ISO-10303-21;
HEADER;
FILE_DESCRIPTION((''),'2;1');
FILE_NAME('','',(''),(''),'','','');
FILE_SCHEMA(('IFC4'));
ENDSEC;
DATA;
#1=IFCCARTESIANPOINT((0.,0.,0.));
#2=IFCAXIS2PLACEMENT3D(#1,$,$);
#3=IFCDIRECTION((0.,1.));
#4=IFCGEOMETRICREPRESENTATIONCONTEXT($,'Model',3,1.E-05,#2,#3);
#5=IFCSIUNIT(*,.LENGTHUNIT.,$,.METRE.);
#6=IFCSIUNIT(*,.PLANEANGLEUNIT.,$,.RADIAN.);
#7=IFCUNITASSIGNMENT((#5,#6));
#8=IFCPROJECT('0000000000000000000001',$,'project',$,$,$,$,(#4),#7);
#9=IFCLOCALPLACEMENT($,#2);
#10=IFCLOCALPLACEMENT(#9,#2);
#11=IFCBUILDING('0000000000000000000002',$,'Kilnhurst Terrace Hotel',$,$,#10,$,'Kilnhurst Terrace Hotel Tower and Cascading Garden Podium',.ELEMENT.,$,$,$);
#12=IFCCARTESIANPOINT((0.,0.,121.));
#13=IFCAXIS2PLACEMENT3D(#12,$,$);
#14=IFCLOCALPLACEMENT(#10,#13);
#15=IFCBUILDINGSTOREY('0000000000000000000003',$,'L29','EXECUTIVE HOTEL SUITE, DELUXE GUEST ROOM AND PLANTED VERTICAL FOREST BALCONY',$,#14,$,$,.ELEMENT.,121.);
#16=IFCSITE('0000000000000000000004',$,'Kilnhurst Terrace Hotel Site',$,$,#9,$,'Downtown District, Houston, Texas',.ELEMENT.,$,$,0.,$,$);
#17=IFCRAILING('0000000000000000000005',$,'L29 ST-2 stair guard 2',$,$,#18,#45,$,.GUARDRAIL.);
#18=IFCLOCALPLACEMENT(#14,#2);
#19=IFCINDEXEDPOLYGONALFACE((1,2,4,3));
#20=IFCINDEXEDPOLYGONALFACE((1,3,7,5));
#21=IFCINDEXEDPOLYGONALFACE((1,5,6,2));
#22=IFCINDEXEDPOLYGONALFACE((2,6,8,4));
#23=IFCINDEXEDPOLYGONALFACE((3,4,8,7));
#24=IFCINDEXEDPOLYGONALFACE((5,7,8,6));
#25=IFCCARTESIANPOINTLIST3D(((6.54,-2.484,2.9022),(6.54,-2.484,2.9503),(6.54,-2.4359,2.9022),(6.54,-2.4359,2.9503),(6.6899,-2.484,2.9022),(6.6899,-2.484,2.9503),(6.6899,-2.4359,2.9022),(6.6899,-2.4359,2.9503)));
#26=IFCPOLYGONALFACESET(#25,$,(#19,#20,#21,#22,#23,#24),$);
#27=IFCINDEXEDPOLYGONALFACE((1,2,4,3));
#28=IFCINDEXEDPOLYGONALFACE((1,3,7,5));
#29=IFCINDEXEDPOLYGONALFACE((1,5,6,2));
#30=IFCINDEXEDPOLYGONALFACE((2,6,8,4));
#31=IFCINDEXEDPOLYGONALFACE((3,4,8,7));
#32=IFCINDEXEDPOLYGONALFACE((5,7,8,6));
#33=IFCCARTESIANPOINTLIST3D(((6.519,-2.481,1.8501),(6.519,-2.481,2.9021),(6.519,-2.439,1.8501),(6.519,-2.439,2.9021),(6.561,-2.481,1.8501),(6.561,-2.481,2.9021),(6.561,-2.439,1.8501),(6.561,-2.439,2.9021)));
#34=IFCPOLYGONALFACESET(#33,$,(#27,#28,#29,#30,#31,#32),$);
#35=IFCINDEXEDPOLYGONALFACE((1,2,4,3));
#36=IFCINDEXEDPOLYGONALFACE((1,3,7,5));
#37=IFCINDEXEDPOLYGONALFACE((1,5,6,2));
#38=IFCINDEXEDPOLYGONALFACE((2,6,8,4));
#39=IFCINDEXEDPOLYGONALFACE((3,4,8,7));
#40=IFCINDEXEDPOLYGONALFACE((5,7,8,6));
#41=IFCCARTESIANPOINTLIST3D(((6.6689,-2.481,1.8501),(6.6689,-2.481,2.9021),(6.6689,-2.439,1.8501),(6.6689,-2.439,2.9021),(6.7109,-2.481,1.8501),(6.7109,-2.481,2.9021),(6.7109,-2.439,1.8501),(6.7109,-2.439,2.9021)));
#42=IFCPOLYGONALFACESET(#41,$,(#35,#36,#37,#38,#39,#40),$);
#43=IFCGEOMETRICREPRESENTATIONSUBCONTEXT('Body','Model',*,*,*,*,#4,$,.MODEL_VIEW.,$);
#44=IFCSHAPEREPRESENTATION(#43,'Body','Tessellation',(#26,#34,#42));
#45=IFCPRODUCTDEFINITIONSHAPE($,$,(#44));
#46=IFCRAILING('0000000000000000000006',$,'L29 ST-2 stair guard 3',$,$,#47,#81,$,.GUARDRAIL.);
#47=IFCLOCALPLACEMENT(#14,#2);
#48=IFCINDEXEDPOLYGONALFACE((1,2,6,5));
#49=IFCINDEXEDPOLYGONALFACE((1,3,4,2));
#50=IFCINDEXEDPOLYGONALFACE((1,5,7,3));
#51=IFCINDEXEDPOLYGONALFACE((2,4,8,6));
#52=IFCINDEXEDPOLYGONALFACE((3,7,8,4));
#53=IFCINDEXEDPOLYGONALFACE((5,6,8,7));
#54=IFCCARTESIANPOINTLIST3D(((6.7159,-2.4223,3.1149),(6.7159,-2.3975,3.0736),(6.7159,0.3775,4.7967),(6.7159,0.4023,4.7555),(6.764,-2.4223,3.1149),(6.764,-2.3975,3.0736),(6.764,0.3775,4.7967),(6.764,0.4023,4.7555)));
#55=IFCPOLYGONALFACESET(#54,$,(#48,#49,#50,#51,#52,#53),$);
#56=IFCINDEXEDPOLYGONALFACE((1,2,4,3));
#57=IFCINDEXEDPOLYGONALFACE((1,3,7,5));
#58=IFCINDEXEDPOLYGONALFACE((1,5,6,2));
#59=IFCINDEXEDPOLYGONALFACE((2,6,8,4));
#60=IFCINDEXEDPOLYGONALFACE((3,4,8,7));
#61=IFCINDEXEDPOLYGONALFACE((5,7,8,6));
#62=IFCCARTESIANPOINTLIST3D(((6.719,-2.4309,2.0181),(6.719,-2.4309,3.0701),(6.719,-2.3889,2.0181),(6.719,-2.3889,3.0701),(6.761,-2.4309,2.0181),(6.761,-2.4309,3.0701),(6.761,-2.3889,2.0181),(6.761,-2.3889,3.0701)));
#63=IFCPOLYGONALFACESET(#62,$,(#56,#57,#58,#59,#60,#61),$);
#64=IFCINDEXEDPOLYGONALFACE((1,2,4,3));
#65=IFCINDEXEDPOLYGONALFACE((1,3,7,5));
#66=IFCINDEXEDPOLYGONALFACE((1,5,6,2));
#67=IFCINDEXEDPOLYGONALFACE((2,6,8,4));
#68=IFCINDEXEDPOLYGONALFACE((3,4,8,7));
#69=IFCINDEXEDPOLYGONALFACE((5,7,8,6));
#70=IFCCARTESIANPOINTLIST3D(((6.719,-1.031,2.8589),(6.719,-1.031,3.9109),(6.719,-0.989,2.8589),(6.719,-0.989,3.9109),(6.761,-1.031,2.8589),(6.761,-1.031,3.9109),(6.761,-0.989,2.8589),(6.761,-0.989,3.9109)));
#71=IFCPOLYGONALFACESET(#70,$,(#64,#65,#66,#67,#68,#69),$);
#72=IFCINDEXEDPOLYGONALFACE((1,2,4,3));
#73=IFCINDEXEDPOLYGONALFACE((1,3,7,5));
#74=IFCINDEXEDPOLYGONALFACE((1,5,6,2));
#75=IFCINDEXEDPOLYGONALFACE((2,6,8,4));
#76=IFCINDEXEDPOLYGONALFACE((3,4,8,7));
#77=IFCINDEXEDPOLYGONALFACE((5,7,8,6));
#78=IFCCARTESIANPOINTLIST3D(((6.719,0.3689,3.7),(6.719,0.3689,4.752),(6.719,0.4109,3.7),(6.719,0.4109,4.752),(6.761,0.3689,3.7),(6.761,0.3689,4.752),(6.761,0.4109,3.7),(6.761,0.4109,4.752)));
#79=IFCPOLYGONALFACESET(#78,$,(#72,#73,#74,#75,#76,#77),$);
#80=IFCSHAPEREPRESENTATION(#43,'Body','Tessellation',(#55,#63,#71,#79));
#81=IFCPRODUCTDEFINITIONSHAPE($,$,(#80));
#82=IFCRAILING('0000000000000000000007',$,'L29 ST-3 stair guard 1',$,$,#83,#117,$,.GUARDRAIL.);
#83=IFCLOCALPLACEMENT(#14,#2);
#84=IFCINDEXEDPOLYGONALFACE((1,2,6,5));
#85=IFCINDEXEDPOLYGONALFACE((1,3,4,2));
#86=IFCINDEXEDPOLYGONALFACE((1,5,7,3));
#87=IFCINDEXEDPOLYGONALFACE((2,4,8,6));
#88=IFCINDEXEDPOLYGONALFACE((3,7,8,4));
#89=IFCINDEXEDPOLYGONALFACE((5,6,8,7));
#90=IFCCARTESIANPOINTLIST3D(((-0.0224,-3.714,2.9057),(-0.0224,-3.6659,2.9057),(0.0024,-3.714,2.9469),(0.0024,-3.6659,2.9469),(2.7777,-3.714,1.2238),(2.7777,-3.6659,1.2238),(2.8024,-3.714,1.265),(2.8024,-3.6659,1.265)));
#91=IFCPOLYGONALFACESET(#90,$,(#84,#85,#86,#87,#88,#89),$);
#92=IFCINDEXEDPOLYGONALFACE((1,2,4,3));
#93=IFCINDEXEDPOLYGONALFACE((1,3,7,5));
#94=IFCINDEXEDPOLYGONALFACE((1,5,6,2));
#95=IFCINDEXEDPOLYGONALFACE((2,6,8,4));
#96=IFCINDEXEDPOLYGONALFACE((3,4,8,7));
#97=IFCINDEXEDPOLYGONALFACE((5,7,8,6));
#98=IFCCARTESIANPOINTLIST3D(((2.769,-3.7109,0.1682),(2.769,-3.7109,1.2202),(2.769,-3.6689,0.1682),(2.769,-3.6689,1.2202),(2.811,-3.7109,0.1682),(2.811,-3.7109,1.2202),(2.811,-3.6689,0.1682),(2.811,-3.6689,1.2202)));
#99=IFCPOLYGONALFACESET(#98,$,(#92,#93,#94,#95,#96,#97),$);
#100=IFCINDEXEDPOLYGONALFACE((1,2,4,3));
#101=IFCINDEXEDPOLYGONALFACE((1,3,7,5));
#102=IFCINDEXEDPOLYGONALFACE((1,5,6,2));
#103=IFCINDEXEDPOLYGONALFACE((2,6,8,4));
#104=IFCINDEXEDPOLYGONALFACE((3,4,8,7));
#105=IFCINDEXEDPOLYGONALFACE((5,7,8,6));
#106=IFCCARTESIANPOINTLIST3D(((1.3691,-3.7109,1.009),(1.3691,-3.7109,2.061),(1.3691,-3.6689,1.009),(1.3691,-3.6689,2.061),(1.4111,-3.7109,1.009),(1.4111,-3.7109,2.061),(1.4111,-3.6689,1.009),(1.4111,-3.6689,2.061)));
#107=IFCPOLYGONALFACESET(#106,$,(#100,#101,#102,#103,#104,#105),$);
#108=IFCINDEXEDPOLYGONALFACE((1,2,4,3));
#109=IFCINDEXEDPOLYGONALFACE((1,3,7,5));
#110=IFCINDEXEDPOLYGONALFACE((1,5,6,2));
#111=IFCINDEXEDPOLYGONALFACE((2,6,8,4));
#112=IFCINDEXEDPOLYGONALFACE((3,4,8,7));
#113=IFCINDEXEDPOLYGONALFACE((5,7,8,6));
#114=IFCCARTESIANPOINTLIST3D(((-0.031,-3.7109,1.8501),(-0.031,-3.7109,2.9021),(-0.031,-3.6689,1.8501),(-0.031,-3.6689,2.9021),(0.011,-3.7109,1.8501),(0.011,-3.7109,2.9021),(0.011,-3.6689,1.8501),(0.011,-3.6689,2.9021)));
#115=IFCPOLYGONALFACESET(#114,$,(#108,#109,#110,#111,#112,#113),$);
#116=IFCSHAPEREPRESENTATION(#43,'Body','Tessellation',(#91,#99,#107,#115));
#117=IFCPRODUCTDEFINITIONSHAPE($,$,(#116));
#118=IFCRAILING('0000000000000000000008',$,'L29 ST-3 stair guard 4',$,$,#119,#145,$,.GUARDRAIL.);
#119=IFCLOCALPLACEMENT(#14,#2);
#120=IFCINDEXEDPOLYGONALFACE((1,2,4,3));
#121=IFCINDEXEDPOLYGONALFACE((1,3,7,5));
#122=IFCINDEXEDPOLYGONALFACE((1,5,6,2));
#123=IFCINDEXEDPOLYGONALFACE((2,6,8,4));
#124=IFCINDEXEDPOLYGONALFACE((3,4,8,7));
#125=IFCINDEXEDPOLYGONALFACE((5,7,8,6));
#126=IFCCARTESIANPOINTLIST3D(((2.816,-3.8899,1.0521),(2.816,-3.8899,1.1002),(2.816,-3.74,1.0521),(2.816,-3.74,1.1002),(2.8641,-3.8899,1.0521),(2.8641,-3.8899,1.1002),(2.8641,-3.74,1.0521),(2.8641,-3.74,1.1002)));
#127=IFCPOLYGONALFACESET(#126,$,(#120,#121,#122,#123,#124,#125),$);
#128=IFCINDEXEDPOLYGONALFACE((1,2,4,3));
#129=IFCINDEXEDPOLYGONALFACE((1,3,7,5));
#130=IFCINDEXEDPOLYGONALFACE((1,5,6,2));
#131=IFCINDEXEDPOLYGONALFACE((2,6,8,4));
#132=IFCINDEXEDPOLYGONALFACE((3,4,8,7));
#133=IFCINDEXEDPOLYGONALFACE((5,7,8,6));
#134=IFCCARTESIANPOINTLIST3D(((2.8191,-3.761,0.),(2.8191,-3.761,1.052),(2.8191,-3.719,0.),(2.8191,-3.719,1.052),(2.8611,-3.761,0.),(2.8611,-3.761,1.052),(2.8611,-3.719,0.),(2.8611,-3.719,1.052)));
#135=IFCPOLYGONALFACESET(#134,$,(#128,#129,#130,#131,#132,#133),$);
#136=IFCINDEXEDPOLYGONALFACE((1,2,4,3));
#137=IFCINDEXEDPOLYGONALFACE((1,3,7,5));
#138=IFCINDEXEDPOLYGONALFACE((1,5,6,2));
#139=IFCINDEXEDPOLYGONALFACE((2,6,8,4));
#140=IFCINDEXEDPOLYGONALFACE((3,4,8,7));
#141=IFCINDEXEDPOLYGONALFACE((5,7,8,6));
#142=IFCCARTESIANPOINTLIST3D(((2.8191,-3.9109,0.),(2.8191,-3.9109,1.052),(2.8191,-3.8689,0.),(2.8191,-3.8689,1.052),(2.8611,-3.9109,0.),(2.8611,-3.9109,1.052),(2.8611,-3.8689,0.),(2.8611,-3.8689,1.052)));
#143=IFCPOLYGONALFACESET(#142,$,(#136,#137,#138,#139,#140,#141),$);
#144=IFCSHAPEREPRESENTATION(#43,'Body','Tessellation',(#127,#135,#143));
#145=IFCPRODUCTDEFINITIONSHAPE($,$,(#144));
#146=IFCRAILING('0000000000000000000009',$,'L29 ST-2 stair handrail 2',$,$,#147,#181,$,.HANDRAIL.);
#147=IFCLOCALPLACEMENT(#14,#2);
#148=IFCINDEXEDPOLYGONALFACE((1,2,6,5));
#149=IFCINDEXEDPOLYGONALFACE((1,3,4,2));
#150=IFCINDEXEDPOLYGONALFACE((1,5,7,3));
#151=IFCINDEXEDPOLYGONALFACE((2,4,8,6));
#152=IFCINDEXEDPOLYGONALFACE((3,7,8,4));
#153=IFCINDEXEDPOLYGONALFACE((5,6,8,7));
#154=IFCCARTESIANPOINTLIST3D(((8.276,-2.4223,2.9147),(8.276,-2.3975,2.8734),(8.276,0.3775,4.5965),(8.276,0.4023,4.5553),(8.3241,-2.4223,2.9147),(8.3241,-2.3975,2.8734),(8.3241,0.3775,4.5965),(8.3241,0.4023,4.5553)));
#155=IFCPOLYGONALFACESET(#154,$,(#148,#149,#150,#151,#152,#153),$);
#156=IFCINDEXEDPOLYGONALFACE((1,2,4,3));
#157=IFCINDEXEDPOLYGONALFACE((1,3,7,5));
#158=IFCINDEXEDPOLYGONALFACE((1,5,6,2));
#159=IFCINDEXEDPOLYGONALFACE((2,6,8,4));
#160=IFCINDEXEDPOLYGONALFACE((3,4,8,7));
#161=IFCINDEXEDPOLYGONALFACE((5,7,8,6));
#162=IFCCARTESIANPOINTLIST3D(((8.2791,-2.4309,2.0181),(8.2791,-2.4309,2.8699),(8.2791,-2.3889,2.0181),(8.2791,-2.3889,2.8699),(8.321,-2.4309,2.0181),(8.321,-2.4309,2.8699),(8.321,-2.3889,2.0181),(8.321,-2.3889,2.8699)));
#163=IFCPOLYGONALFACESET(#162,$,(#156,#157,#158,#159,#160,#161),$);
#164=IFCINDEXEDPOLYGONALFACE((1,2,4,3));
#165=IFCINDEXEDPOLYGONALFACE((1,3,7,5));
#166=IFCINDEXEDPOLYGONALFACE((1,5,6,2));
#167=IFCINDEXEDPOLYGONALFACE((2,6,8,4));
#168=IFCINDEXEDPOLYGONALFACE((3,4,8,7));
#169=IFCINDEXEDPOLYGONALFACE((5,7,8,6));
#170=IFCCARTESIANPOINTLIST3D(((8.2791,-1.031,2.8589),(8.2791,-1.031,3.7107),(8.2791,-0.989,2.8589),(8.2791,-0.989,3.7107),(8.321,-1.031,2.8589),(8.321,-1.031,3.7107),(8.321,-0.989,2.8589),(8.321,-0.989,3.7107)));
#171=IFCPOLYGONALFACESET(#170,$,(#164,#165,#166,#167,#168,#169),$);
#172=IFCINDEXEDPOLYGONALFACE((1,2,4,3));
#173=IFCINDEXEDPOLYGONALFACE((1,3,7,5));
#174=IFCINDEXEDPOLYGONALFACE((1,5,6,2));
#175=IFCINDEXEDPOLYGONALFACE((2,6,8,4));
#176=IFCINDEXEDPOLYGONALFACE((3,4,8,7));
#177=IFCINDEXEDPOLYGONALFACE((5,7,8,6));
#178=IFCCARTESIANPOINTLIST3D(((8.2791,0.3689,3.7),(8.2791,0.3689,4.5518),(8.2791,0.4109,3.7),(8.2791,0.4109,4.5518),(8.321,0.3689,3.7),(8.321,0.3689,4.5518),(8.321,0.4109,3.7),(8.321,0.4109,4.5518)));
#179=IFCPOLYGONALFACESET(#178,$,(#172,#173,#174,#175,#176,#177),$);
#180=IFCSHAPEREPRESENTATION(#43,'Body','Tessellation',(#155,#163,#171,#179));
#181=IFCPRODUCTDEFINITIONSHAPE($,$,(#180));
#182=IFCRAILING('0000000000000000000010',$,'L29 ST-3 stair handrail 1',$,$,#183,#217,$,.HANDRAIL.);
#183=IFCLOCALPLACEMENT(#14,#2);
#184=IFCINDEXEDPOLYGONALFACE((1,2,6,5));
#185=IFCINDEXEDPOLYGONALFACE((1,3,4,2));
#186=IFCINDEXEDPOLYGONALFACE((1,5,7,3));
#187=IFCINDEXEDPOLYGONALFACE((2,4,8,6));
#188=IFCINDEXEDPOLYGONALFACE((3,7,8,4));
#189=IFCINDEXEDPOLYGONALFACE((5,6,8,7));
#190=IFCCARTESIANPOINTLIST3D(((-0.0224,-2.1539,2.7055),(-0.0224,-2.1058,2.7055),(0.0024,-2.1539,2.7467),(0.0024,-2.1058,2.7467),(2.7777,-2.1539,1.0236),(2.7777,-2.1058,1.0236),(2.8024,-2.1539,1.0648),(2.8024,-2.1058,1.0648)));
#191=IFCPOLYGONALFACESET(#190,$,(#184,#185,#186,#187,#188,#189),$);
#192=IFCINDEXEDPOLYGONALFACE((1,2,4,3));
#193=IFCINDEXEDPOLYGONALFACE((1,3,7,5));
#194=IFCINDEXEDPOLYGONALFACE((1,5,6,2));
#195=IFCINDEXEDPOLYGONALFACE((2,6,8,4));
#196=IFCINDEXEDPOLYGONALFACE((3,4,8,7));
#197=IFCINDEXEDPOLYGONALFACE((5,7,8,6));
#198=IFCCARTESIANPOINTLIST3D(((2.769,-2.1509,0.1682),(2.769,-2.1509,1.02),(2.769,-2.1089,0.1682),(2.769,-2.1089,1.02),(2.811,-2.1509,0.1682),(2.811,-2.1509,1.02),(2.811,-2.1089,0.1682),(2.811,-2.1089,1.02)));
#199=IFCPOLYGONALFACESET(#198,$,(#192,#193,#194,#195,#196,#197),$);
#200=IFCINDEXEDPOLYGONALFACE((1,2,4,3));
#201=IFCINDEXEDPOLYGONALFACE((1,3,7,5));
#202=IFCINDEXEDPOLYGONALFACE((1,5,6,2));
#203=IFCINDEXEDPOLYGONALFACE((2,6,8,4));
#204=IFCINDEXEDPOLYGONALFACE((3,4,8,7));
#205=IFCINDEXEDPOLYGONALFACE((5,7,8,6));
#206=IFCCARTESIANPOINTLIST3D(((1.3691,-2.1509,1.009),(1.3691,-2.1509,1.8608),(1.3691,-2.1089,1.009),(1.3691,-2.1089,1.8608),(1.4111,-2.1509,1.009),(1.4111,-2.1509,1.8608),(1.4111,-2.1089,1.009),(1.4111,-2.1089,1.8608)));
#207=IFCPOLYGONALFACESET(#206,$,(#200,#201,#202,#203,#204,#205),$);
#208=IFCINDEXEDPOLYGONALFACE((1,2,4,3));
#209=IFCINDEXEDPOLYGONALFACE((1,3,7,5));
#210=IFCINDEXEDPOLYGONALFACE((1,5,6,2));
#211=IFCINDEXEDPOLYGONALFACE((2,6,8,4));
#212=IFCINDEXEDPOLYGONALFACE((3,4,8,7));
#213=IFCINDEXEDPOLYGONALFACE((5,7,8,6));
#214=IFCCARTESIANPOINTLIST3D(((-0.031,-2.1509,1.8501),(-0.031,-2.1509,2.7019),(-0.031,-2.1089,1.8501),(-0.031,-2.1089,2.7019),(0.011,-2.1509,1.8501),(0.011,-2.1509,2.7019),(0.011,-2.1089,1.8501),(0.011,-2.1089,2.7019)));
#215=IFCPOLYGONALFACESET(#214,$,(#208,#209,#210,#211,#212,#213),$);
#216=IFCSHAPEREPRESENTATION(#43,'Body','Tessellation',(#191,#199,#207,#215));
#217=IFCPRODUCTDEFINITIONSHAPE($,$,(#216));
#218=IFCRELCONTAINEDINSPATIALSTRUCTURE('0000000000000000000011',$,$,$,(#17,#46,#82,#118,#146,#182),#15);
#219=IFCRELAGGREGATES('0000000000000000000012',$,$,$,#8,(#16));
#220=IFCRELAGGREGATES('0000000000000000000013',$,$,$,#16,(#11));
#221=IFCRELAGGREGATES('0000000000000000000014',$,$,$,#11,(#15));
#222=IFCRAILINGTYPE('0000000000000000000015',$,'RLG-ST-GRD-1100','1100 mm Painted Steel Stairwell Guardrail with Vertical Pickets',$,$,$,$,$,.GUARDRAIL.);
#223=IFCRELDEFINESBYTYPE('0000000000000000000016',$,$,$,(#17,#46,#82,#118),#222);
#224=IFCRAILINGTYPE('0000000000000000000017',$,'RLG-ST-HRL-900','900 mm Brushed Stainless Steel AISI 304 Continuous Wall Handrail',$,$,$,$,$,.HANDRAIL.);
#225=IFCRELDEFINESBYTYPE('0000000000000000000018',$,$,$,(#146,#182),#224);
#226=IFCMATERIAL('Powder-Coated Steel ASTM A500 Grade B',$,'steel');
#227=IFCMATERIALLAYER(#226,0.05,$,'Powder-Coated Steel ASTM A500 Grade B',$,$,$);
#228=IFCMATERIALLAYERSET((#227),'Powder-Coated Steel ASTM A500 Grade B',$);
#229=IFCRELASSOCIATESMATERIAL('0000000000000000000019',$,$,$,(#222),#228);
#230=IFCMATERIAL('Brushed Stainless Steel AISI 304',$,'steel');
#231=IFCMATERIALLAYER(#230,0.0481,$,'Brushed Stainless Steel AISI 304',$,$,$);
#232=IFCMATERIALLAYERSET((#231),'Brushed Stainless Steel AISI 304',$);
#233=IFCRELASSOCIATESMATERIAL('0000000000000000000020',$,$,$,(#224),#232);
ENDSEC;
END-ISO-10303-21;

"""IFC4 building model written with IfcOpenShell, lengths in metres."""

from ifc_helpers import new_model, si_unit, direction, frame, origin, origin_2d, place, context, subcontext, project, spatial, rectangle, extrude, material, layer, layer_set, type_object, element, save


model = new_model("IFC4")

# Units and contexts
model_context = context("Model", 3, precision=1e-05, world=origin(), true_north=direction((0.0, 1.0)))
body_context = subcontext(model_context, "Body", "Model", "MODEL_VIEW")
ifc_project = project(units=[si_unit("LENGTHUNIT", "METRE"), si_unit("PLANEANGLEUNIT", "RADIAN")], contexts=[model_context])

# Site, building, storey
site_placement = place(None, origin())
site = spatial("IfcSite", under=ifc_project, at=site_placement, Name="Kilnhurst Terrace Hotel Site", LongName="Downtown District, Houston, Texas", CompositionType="ELEMENT", RefElevation=0.0)
building_placement = place(site_placement, origin())
building = spatial("IfcBuilding", under=site, at=building_placement, Name="Kilnhurst Terrace Hotel", LongName="Kilnhurst Terrace Hotel Tower and Cascading Garden Podium", CompositionType="ELEMENT")
storey_placement = place(building_placement, frame((0.0, 0.0, 121.0)))
storey = spatial("IfcBuildingStorey", under=building, at=storey_placement, Name="L29", Description="EXECUTIVE HOTEL SUITE, DELUXE GUEST ROOM AND PLANTED VERTICAL FOREST BALCONY", CompositionType="ELEMENT", Elevation=121.0)

# Railings
ifc_material_1 = material(Name="Powder-Coated Steel ASTM A500 Grade B", Category="steel")
ifc_layer_1 = layer(ifc_material_1, 0.05, Name="Powder-Coated Steel ASTM A500 Grade B")
ifc_layer_set_1 = layer_set([ifc_layer_1], Name="Powder-Coated Steel ASTM A500 Grade B")
railing_type_1 = type_object("IfcRailingType", Name="RLG-ST-GRD-1100", Description="1100 mm Painted Steel Stairwell Guardrail with Vertical Pickets", PredefinedType="GUARDRAIL", material=ifc_layer_set_1)
railing_1_placement = place(storey_placement, frame((6.54, -2.46, 1.8501)))
element("IfcRailing", 1, at=railing_1_placement, inside=storey, type_object=railing_type_1, Name="L29 ST-2 stair guard 2", PredefinedType="GUARDRAIL", context=body_context, shape_type="SweptSolid", body=[
    extrude(rectangle(XDim=0.0481, YDim=0.0481, at=origin_2d()), frame((0.0, 0.0, 1.0762), z_axis=(1.0, 0.0, 0.0), x_axis=(0.0, 1.0, 0.0)), (0.0, 0.0, 1.0), 0.1499),
    extrude(rectangle(XDim=0.042, YDim=0.042, at=origin_2d()), origin(), (0.0, 0.0, 1.0), 1.052),
    extrude(rectangle(XDim=0.042, YDim=0.042, at=origin_2d()), frame((0.1499, 0.0, 0.0)), (0.0, 0.0, 1.0), 1.052),
])
railing_2_placement = place(storey_placement, frame((6.74, -2.4099, 2.0181)))
element("IfcRailing", 2, at=railing_2_placement, inside=storey, type_object=railing_type_1, Name="L29 ST-2 stair guard 3", PredefinedType="GUARDRAIL", context=body_context, shape_type="SweptSolid", body=[
    extrude(rectangle(XDim=0.0481, YDim=0.0481, at=origin_2d()), frame((0.0, 0.0, 1.0762), z_axis=(0.0, 0.857222, 0.514946), x_axis=(-1.0, 0.0, 0.0)), (0.0, 0.0, 1.0), 3.2661),
    extrude(rectangle(XDim=0.042, YDim=0.042, at=origin_2d()), origin(), (0.0, 0.0, 1.0), 1.052),
    extrude(rectangle(XDim=0.042, YDim=0.042, at=origin_2d()), frame((0.0, 1.3999, 0.8408)), (0.0, 0.0, 1.0), 1.052),
    extrude(rectangle(XDim=0.042, YDim=0.042, at=origin_2d()), frame((0.0, 2.7998, 1.6819)), (0.0, 0.0, 1.0), 1.052),
])
railing_3_placement = place(storey_placement, frame((2.79, -3.6899, 0.1682)))
element("IfcRailing", 3, at=railing_3_placement, inside=storey, type_object=railing_type_1, Name="L29 ST-3 stair guard 1", PredefinedType="GUARDRAIL", context=body_context, shape_type="SweptSolid", body=[
    extrude(rectangle(XDim=0.0481, YDim=0.0481, at=origin_2d()), frame((0.0, 0.0, 1.0762), z_axis=(-0.857242, 0.0, 0.514913), x_axis=(0.0, -1.0, 0.0)), (0.0, 0.0, 1.0), 3.2664),
    extrude(rectangle(XDim=0.042, YDim=0.042, at=origin_2d()), origin(), (0.0, 0.0, 1.0), 1.052),
    extrude(rectangle(XDim=0.042, YDim=0.042, at=origin_2d()), frame((-1.3999, 0.0, 0.8408)), (0.0, 0.0, 1.0), 1.052),
    extrude(rectangle(XDim=0.042, YDim=0.042, at=origin_2d()), frame((-2.8, 0.0, 1.6819)), (0.0, 0.0, 1.0), 1.052),
])
railing_4_placement = place(storey_placement, frame((2.8401, -3.74, 0.0)))
element("IfcRailing", 4, at=railing_4_placement, inside=storey, type_object=railing_type_1, Name="L29 ST-3 stair guard 4", PredefinedType="GUARDRAIL", context=body_context, shape_type="SweptSolid", body=[
    extrude(rectangle(XDim=0.0481, YDim=0.0481, at=origin_2d()), frame((0.0, 0.0, 1.0762), z_axis=(0.0, -1.0, 0.0), x_axis=(1.0, 0.0, 0.0)), (0.0, 0.0, 1.0), 0.1499),
    extrude(rectangle(XDim=0.042, YDim=0.042, at=origin_2d()), origin(), (0.0, 0.0, 1.0), 1.052),
    extrude(rectangle(XDim=0.042, YDim=0.042, at=origin_2d()), frame((0.0, -0.1499, 0.0)), (0.0, 0.0, 1.0), 1.052),
])
ifc_material_2 = material(Name="Brushed Stainless Steel AISI 304", Category="steel")
ifc_layer_2 = layer(ifc_material_2, 0.0481, Name="Brushed Stainless Steel AISI 304")
ifc_layer_set_2 = layer_set([ifc_layer_2], Name="Brushed Stainless Steel AISI 304")
railing_type_2 = type_object("IfcRailingType", Name="RLG-ST-HRL-900", Description="900 mm Brushed Stainless Steel AISI 304 Continuous Wall Handrail", PredefinedType="HANDRAIL", material=ifc_layer_set_2)
railing_5_placement = place(storey_placement, frame((8.3, -2.4099, 2.0181)))
element("IfcRailing", 5, at=railing_5_placement, inside=storey, type_object=railing_type_2, Name="L29 ST-2 stair handrail 2", PredefinedType="HANDRAIL", context=body_context, shape_type="SweptSolid", body=[
    extrude(rectangle(XDim=0.0481, YDim=0.0481, at=origin_2d()), frame((0.0, 0.0, 0.876), z_axis=(0.0, 0.857222, 0.514946), x_axis=(-1.0, 0.0, 0.0)), (0.0, 0.0, 1.0), 3.2661),
    extrude(rectangle(XDim=0.042, YDim=0.042, at=origin_2d()), origin(), (0.0, 0.0, 1.0), 0.8518),
    extrude(rectangle(XDim=0.042, YDim=0.042, at=origin_2d()), frame((0.0, 1.3999, 0.8408)), (0.0, 0.0, 1.0), 0.8518),
    extrude(rectangle(XDim=0.042, YDim=0.042, at=origin_2d()), frame((0.0, 2.7998, 1.6819)), (0.0, 0.0, 1.0), 0.8518),
])
railing_6_placement = place(storey_placement, frame((2.79, -2.1299, 0.1682)))
element("IfcRailing", 6, at=railing_6_placement, inside=storey, type_object=railing_type_2, Name="L29 ST-3 stair handrail 1", PredefinedType="HANDRAIL", context=body_context, shape_type="SweptSolid", body=[
    extrude(rectangle(XDim=0.0481, YDim=0.0481, at=origin_2d()), frame((0.0, 0.0, 0.876), z_axis=(-0.857242, 0.0, 0.514913), x_axis=(0.0, -1.0, 0.0)), (0.0, 0.0, 1.0), 3.2664),
    extrude(rectangle(XDim=0.042, YDim=0.042, at=origin_2d()), origin(), (0.0, 0.0, 1.0), 0.8518),
    extrude(rectangle(XDim=0.042, YDim=0.042, at=origin_2d()), frame((-1.3999, 0.0, 0.8408)), (0.0, 0.0, 1.0), 0.8518),
    extrude(rectangle(XDim=0.042, YDim=0.042, at=origin_2d()), frame((-2.8, 0.0, 1.6819)), (0.0, 0.0, 1.0), 0.8518),
])

save(model, "model.ifc")
